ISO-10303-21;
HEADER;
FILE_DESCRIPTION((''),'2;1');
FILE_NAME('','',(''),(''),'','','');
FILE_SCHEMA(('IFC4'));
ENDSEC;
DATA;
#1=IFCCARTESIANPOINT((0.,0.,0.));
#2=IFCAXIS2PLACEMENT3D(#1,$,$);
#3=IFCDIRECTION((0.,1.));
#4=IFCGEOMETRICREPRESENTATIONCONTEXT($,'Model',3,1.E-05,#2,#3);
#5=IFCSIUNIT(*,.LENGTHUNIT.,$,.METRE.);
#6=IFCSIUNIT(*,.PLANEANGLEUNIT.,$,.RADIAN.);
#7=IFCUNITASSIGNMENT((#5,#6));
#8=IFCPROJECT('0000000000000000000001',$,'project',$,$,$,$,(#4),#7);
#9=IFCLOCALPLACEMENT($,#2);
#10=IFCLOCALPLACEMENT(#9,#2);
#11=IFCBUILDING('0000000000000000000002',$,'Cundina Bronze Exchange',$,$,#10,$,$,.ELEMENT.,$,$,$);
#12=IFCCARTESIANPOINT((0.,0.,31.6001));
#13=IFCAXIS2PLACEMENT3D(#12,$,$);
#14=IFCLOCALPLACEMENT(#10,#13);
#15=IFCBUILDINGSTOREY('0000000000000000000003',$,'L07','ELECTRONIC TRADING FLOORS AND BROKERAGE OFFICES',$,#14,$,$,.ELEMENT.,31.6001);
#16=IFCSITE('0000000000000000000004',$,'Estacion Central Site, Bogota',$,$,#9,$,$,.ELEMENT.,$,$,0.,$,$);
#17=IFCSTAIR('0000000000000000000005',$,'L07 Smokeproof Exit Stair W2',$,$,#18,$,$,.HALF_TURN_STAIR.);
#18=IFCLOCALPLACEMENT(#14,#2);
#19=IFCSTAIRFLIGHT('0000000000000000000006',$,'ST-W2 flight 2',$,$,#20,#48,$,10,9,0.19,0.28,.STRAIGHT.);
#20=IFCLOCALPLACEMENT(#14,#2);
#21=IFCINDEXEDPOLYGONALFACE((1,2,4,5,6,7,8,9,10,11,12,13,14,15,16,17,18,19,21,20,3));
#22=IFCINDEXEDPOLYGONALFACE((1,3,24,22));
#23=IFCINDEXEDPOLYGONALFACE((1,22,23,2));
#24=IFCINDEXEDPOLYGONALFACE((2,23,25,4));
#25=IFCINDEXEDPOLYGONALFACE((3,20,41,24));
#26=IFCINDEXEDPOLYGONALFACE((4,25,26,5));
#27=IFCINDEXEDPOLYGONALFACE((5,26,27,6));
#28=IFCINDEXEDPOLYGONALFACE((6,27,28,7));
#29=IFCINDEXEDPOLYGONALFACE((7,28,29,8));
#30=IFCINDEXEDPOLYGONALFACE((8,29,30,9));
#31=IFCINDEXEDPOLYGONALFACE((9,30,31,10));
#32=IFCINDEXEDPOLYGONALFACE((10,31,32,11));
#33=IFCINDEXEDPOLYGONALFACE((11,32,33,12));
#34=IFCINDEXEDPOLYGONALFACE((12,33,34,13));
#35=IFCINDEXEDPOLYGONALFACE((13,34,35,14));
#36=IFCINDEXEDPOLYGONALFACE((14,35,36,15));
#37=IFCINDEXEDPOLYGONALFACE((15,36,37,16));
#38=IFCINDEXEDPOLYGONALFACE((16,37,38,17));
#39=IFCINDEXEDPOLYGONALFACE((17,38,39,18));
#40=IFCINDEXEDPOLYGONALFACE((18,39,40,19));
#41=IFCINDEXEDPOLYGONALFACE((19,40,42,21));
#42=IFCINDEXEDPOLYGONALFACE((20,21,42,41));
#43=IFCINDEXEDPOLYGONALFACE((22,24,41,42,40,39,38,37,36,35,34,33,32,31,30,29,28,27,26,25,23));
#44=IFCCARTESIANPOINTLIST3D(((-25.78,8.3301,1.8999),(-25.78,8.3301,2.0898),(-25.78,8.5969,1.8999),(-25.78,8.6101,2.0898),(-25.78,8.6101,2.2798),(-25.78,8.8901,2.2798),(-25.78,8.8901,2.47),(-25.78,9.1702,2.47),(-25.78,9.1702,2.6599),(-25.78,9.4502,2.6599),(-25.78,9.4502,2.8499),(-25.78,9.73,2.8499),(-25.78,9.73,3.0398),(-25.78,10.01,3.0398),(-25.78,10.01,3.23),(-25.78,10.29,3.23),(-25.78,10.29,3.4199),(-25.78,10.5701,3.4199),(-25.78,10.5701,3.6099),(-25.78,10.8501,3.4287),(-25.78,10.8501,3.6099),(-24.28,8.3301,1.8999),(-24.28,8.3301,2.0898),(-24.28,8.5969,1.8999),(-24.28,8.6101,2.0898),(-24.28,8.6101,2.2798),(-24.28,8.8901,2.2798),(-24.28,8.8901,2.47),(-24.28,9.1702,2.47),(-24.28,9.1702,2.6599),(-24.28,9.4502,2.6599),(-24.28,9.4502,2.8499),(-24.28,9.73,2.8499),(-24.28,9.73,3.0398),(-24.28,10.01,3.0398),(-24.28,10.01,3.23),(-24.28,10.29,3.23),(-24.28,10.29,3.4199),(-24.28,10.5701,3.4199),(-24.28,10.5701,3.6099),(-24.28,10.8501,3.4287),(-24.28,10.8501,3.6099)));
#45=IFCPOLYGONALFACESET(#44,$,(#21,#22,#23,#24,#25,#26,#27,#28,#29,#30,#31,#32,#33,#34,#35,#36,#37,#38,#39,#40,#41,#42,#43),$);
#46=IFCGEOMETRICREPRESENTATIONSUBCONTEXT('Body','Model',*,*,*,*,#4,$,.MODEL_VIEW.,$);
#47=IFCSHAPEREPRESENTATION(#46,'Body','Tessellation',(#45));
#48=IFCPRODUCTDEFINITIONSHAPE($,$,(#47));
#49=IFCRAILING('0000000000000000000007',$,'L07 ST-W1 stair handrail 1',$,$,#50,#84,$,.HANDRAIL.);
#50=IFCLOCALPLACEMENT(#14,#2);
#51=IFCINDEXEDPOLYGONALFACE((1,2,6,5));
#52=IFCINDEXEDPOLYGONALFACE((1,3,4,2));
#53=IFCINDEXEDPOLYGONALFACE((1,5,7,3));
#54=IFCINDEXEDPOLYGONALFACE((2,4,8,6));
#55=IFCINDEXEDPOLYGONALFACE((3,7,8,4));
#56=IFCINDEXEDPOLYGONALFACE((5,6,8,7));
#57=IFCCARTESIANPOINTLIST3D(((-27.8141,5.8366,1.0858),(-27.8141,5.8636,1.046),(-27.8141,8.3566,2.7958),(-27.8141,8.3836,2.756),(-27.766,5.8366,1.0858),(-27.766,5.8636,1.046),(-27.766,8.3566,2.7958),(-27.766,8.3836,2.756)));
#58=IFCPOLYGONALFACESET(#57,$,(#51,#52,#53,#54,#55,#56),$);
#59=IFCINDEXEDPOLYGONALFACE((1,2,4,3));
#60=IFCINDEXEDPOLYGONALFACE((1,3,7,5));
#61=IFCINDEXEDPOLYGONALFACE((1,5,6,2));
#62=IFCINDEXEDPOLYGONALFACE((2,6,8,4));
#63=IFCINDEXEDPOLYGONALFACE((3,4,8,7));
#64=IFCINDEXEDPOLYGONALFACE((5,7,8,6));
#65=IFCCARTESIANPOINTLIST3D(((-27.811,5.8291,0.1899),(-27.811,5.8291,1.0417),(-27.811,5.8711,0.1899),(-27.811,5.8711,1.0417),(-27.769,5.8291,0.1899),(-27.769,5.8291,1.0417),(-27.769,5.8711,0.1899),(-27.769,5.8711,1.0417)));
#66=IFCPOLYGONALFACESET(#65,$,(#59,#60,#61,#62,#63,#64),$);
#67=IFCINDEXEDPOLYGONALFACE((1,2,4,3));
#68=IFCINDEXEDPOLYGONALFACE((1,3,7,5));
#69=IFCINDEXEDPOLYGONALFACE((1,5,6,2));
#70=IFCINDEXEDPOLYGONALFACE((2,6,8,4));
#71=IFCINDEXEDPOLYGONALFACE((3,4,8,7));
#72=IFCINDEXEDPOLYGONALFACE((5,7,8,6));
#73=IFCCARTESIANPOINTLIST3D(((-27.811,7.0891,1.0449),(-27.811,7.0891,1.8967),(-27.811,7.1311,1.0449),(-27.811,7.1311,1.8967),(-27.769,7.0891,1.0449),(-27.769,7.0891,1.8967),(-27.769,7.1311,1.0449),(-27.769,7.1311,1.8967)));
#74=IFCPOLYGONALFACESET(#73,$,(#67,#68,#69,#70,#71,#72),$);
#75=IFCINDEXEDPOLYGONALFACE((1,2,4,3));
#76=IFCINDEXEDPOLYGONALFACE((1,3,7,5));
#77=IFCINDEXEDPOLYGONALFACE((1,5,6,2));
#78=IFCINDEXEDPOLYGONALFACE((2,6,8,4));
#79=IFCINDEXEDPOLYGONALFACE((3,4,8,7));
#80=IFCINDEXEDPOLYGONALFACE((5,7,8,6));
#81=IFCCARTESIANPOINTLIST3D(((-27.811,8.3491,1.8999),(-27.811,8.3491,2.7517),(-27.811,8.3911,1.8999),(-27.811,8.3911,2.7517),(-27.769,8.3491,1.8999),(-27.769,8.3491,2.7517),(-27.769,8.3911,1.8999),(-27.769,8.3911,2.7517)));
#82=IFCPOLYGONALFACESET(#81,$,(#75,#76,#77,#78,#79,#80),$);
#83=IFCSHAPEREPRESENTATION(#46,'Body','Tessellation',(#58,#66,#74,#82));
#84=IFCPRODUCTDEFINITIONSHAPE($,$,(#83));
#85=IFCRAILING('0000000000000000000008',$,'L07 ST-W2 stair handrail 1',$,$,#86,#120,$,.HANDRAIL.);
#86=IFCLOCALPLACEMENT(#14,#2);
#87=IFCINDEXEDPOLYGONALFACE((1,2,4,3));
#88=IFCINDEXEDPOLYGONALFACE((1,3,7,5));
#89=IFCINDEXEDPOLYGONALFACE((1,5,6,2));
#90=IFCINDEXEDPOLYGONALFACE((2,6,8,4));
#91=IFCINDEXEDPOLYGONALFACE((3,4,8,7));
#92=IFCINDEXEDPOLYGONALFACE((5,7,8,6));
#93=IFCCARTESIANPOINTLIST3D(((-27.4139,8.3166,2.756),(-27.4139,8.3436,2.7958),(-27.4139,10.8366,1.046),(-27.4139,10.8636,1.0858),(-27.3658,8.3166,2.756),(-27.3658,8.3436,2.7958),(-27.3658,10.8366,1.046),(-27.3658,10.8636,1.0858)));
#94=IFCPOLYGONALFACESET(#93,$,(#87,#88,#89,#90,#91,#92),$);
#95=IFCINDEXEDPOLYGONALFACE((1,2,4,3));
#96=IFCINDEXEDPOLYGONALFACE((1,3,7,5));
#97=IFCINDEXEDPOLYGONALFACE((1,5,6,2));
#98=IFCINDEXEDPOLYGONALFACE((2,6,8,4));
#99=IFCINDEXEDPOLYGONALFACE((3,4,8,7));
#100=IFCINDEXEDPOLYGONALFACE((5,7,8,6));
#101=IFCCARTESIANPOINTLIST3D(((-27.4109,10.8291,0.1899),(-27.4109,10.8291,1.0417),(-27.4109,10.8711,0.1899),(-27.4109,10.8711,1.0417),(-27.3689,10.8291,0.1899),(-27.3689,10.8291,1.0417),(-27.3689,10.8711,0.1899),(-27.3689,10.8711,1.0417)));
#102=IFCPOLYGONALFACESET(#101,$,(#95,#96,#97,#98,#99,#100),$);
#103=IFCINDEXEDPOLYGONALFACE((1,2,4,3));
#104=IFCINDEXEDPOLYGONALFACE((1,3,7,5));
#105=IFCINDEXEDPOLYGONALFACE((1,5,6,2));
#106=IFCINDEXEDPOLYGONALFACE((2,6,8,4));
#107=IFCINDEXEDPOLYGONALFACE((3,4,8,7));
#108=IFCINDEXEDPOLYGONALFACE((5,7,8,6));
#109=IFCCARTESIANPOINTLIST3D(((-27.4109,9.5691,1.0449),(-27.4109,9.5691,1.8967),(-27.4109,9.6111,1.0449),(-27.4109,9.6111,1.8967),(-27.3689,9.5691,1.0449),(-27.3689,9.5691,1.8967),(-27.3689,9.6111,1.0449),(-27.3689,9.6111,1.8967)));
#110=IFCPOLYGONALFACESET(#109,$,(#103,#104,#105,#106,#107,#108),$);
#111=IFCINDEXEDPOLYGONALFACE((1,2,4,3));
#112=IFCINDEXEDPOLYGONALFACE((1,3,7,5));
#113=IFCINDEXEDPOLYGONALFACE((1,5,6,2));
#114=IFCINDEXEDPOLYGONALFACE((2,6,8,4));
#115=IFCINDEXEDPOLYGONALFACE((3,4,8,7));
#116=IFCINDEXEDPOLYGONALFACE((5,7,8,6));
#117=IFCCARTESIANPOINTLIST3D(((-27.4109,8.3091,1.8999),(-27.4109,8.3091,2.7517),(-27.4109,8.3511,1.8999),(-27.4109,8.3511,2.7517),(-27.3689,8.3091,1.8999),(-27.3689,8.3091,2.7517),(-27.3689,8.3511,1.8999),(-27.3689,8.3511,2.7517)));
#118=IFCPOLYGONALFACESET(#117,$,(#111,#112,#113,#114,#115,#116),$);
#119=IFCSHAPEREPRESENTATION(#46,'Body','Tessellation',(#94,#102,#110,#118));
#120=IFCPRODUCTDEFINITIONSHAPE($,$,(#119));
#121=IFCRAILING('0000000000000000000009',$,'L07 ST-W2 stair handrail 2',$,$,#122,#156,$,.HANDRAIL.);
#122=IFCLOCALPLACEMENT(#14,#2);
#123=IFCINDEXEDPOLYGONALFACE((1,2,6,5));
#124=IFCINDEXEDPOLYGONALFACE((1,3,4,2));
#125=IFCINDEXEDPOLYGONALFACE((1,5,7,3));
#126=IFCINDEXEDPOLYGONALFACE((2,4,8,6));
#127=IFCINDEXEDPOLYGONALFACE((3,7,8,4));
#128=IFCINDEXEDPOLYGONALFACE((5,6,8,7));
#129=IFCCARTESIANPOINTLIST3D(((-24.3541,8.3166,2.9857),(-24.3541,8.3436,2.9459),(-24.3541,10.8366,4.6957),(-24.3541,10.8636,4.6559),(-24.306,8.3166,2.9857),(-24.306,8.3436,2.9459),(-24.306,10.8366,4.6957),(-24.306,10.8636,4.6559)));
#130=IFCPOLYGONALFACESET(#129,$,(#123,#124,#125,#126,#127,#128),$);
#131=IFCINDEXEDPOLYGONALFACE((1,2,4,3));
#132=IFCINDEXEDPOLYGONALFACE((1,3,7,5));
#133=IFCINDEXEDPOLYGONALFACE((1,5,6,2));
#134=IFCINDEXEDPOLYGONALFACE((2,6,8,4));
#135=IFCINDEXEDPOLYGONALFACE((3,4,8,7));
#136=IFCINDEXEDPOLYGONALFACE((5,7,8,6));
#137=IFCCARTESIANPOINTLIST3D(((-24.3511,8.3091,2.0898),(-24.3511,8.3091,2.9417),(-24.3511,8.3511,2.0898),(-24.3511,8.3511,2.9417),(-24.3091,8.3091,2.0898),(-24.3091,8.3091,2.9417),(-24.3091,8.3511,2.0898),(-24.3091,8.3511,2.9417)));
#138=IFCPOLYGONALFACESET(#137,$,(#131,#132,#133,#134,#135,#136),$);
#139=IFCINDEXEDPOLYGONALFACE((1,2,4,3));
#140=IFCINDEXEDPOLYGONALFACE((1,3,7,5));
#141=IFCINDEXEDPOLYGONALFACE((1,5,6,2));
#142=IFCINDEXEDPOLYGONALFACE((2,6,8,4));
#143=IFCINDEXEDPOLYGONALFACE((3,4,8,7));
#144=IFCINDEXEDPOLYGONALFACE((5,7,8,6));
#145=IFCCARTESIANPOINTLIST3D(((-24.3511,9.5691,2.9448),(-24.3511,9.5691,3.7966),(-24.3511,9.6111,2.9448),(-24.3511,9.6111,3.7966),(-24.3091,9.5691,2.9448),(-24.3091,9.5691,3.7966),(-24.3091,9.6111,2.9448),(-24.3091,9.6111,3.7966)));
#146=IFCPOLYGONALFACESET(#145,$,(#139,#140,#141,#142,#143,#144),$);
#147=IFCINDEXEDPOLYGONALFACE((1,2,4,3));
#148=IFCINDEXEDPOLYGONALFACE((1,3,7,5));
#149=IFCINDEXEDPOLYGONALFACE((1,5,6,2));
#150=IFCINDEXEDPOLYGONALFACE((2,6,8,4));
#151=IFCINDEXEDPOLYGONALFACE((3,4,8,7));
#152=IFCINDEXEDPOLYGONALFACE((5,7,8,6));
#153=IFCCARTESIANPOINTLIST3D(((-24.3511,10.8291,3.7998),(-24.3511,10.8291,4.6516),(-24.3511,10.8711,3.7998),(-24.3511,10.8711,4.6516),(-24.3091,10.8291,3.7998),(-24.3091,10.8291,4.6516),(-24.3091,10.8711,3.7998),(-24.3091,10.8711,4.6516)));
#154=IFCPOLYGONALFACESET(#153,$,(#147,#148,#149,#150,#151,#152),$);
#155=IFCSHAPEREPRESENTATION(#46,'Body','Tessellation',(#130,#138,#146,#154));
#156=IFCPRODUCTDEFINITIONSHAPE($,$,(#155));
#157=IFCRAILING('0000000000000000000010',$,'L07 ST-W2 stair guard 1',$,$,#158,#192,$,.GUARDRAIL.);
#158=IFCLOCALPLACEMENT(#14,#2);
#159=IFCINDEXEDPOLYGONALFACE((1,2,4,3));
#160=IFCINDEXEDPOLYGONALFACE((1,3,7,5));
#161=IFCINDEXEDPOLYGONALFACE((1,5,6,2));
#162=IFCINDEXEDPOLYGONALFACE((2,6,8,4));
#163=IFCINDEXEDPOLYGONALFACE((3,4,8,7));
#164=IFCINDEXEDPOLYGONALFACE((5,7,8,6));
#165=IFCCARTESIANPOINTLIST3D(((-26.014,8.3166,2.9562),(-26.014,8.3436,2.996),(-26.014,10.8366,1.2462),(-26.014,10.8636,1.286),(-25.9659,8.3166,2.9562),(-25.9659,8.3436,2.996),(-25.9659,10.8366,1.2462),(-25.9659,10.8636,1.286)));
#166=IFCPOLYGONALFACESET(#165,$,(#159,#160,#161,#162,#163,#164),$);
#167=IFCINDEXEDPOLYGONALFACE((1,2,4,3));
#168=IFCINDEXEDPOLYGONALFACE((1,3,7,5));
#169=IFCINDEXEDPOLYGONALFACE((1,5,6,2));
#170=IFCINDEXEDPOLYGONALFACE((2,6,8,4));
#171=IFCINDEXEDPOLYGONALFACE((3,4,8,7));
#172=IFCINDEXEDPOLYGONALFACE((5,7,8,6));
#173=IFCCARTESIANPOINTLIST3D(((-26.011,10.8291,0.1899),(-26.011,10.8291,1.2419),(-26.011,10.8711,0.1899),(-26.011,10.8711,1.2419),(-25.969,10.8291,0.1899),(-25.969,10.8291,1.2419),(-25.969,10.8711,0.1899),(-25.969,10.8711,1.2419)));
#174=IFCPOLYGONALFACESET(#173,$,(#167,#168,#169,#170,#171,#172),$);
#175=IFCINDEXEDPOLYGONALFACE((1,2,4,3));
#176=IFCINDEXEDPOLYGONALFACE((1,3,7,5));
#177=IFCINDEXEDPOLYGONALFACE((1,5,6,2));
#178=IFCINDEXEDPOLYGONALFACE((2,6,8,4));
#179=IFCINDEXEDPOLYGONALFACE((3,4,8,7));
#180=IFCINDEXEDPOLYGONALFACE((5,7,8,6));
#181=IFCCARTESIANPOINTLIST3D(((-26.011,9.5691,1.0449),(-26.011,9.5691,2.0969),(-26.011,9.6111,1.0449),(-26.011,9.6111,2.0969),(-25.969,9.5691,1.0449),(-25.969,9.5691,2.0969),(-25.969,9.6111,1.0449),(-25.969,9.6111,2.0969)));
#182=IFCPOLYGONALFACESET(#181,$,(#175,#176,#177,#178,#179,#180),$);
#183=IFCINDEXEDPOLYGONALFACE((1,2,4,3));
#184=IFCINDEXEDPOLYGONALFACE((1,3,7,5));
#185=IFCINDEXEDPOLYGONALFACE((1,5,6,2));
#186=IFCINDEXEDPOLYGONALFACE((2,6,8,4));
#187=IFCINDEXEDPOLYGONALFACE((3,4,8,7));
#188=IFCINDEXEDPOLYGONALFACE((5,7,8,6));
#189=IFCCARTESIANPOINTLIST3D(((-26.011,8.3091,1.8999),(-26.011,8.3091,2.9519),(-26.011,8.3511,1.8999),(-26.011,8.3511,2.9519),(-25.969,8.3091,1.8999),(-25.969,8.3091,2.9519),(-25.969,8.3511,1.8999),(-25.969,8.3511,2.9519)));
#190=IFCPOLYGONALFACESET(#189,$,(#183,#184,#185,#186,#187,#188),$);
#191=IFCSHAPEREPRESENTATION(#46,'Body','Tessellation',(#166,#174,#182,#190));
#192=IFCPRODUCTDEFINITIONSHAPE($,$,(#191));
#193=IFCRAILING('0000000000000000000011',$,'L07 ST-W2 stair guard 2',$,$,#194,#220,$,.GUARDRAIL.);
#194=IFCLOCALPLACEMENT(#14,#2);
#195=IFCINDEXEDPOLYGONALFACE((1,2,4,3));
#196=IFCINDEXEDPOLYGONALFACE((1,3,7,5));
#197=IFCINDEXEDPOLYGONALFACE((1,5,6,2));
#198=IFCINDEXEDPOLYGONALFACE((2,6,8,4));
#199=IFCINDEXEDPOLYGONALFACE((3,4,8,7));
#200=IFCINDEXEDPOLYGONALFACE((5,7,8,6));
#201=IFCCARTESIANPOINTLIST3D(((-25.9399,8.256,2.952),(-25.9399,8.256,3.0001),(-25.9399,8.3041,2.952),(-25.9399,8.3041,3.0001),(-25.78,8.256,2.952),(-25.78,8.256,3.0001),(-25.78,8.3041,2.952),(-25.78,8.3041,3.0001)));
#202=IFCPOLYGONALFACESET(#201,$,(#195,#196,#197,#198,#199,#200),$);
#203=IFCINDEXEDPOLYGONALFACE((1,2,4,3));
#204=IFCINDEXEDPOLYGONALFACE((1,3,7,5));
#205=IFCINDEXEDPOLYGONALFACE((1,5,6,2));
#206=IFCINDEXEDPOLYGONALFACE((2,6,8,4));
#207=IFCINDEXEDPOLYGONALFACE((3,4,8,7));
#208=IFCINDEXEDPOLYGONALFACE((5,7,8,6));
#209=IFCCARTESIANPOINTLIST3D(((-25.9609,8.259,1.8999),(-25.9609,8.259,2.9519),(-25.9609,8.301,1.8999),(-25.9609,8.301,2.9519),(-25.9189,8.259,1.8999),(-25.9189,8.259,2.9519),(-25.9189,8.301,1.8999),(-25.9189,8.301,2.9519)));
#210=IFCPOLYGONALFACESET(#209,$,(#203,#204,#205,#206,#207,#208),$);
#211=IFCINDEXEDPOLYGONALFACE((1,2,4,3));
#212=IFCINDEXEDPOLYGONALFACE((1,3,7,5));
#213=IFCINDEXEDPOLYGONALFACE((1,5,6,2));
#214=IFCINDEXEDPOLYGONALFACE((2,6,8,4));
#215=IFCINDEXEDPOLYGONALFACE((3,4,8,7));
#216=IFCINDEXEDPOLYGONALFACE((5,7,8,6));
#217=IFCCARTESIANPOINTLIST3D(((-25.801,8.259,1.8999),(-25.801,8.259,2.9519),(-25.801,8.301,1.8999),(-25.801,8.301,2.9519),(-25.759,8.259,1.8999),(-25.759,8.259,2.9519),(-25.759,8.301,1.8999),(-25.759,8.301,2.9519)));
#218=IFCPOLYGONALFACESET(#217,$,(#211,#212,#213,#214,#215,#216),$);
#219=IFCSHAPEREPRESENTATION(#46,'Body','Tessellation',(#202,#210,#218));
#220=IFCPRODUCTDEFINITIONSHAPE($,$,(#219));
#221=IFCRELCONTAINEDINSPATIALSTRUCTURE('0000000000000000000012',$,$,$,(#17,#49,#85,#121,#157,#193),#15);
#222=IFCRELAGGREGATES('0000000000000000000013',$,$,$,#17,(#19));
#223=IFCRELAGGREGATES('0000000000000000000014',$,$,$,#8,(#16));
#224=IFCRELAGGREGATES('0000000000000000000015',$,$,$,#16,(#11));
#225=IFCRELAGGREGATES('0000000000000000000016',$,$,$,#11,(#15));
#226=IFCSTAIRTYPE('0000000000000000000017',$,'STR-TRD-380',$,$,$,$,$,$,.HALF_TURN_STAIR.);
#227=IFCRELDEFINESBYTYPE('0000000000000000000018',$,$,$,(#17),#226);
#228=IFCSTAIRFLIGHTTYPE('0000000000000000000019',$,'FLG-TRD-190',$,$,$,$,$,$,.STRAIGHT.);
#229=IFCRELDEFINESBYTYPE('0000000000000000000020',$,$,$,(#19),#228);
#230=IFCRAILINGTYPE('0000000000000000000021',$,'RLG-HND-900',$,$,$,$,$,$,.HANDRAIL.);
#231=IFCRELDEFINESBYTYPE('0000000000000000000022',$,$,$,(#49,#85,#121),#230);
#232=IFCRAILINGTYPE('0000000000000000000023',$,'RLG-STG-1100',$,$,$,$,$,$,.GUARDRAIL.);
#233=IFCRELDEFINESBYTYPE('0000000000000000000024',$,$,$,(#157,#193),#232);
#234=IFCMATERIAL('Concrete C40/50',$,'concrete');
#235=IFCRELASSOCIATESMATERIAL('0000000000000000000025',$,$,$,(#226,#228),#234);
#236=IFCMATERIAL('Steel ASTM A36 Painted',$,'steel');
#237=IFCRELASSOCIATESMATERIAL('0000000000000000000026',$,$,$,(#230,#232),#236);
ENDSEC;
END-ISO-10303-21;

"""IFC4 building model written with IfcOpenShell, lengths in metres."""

from ifc_helpers import new_model, si_unit, direction, frame, origin, origin_2d, place, context, subcontext, project, spatial, polyline, rectangle, outline, extrude, material, type_object, element, aggregate, save


model = new_model("IFC4")

# Units and contexts
model_context = context("Model", 3, precision=1e-05, world=origin(), true_north=direction((0.0, 1.0)))
body_context = subcontext(model_context, "Body", "Model", "MODEL_VIEW")
ifc_project = project(units=[si_unit("LENGTHUNIT", "METRE"), si_unit("PLANEANGLEUNIT", "RADIAN")], contexts=[model_context])

# Site, building, storey
site_placement = place(None, origin())
site = spatial("IfcSite", under=ifc_project, at=site_placement, Name="Estacion Central Site, Bogota", CompositionType="ELEMENT", RefElevation=0.0)
building_placement = place(site_placement, origin())
building = spatial("IfcBuilding", under=site, at=building_placement, Name="Cundina Bronze Exchange", CompositionType="ELEMENT")
storey_placement = place(building_placement, frame((0.0, 0.0, 31.6001)))
storey = spatial("IfcBuildingStorey", under=building, at=storey_placement, Name="L07", Description="ELECTRONIC TRADING FLOORS AND BROKERAGE OFFICES", CompositionType="ELEMENT", Elevation=31.6001)

# Shared definitions
ifc_material_1 = material(Name="Steel ASTM A36 Painted", Category="steel")

# Shared definitions
ifc_material_2 = material(Name="Concrete C40/50", Category="concrete")
stair_type = type_object("IfcStairType", Name="STR-TRD-380", PredefinedType="HALF_TURN_STAIR", material=ifc_material_2)
stair_flight_type = type_object("IfcStairFlightType", Name="FLG-TRD-190", PredefinedType="STRAIGHT", material=ifc_material_2)

# Stair, stair flight
stair_1_placement = place(storey_placement, origin())
stair_1 = element("IfcStair", 1, at=stair_1_placement, inside=storey, type_object=stair_type, Name="L07 Smokeproof Exit Stair W2", PredefinedType="HALF_TURN_STAIR")
stair_flight_1_placement = place(storey_placement, frame((-25.03, 8.3301, 1.8999), z_axis=(0.0, 0.0, 1.0), x_axis=(0.0, 1.0, 0.0)))
stair_flight_1 = element("IfcStairFlight", 2, at=stair_flight_1_placement, type_object=stair_flight_type, Name="ST-W2 flight 2", NumberOfRisers=10, NumberOfTreads=9, PredefinedType="STRAIGHT", RiserHeight=0.19, TreadLength=0.28, context=body_context, shape_type="SweptSolid", body=[
    extrude(outline(polyline([(0.0, 0.0), (0.0, 0.1899), (0.28, 0.1899), (0.28, 0.3799), (0.5601, 0.3799), (0.5601, 0.5701), (0.8401, 0.5701), (0.8401, 0.76), (1.1201, 0.76), (1.1201, 0.95), (1.3999, 0.95), (1.3999, 1.1399), (1.6799, 1.1399), (1.6799, 1.3301), (1.96, 1.3301), (1.96, 1.52), (2.24, 1.52), (2.24, 1.71), (2.52, 1.71), (2.52, 1.8999), (2.52, 1.5288), (0.2668, 0.0), (0.0, 0.0)])), frame((0.0, 0.75, 0.0), z_axis=(0.0, -1.0, 0.0), x_axis=(1.0, 0.0, 0.0)), (0.0, 0.0, 1.0), 1.5),
])
aggregate(stair_1, [stair_flight_1])

# Railings
railing_type_1 = type_object("IfcRailingType", Name="RLG-HND-900", PredefinedType="HANDRAIL", material=ifc_material_1)
railing_1_placement = place(storey_placement, frame((-27.79, 5.8501, 0.1899)))
element("IfcRailing", 3, at=railing_1_placement, inside=storey, type_object=railing_type_1, Name="L07 ST-W1 stair handrail 1", PredefinedType="HANDRAIL", context=body_context, shape_type="SweptSolid", body=[
    extrude(rectangle(XDim=0.0481, YDim=0.0481, at=origin_2d()), frame((0.0, 0.0, 0.876), z_axis=(0.0, 0.827484, 0.56149), x_axis=(-1.0, 0.0, 0.0)), (0.0, 0.0, 1.0), 3.0454),
    extrude(rectangle(XDim=0.042, YDim=0.042, at=origin_2d()), origin(), (0.0, 0.0, 1.0), 0.8518),
    extrude(rectangle(XDim=0.042, YDim=0.042, at=origin_2d()), frame((0.0, 1.26, 0.855)), (0.0, 0.0, 1.0), 0.8518),
    extrude(rectangle(XDim=0.042, YDim=0.042, at=origin_2d()), frame((0.0, 2.52, 1.71)), (0.0, 0.0, 1.0), 0.8518),
])
railing_2_placement = place(storey_placement, frame((-27.3899, 10.8501, 0.1899)))
element("IfcRailing", 4, at=railing_2_placement, inside=storey, type_object=railing_type_1, Name="L07 ST-W2 stair handrail 1", PredefinedType="HANDRAIL", context=body_context, shape_type="SweptSolid", body=[
    extrude(rectangle(XDim=0.0481, YDim=0.0481, at=origin_2d()), frame((0.0, 0.0, 0.876), z_axis=(0.0, -0.827484, 0.56149), x_axis=(1.0, 0.0, 0.0)), (0.0, 0.0, 1.0), 3.0454),
    extrude(rectangle(XDim=0.042, YDim=0.042, at=origin_2d()), origin(), (0.0, 0.0, 1.0), 0.8518),
    extrude(rectangle(XDim=0.042, YDim=0.042, at=origin_2d()), frame((0.0, -1.26, 0.855)), (0.0, 0.0, 1.0), 0.8518),
    extrude(rectangle(XDim=0.042, YDim=0.042, at=origin_2d()), frame((0.0, -2.52, 1.71)), (0.0, 0.0, 1.0), 0.8518),
])
railing_3_placement = place(storey_placement, frame((-24.3301, 8.3301, 2.0898)))
element("IfcRailing", 5, at=railing_3_placement, inside=storey, type_object=railing_type_1, Name="L07 ST-W2 stair handrail 2", PredefinedType="HANDRAIL", context=body_context, shape_type="SweptSolid", body=[
    extrude(rectangle(XDim=0.0481, YDim=0.0481, at=origin_2d()), frame((0.0, 0.0, 0.876), z_axis=(0.0, 0.827484, 0.56149), x_axis=(-1.0, 0.0, 0.0)), (0.0, 0.0, 1.0), 3.0454),
    extrude(rectangle(XDim=0.042, YDim=0.042, at=origin_2d()), origin(), (0.0, 0.0, 1.0), 0.8518),
    extrude(rectangle(XDim=0.042, YDim=0.042, at=origin_2d()), frame((0.0, 1.26, 0.855)), (0.0, 0.0, 1.0), 0.8518),
    extrude(rectangle(XDim=0.042, YDim=0.042, at=origin_2d()), frame((0.0, 2.52, 1.71)), (0.0, 0.0, 1.0), 0.8518),
])
railing_type_2 = type_object("IfcRailingType", Name="RLG-STG-1100", PredefinedType="GUARDRAIL", material=ifc_material_1)
railing_4_placement = place(storey_placement, frame((-25.99, 10.8501, 0.1899)))
element("IfcRailing", 6, at=railing_4_placement, inside=storey, type_object=railing_type_2, Name="L07 ST-W2 stair guard 1", PredefinedType="GUARDRAIL", context=body_context, shape_type="SweptSolid", body=[
    extrude(rectangle(XDim=0.0481, YDim=0.0481, at=origin_2d()), frame((0.0, 0.0, 1.0762), z_axis=(0.0, -0.827484, 0.56149), x_axis=(1.0, 0.0, 0.0)), (0.0, 0.0, 1.0), 3.0454),
    extrude(rectangle(XDim=0.042, YDim=0.042, at=origin_2d()), origin(), (0.0, 0.0, 1.0), 1.052),
    extrude(rectangle(XDim=0.042, YDim=0.042, at=origin_2d()), frame((0.0, -1.26, 0.855)), (0.0, 0.0, 1.0), 1.052),
    extrude(rectangle(XDim=0.042, YDim=0.042, at=origin_2d()), frame((0.0, -2.52, 1.71)), (0.0, 0.0, 1.0), 1.052),
])
railing_5_placement = place(storey_placement, frame((-25.9399, 8.28, 1.8999)))
element("IfcRailing", 7, at=railing_5_placement, inside=storey, type_object=railing_type_2, Name="L07 ST-W2 stair guard 2", PredefinedType="GUARDRAIL", context=body_context, shape_type="SweptSolid", body=[
    extrude(rectangle(XDim=0.0481, YDim=0.0481, at=origin_2d()), frame((0.0, 0.0, 1.0762), z_axis=(1.0, 0.0, 0.0), x_axis=(0.0, 1.0, 0.0)), (0.0, 0.0, 1.0), 0.1599),
    extrude(rectangle(XDim=0.042, YDim=0.042, at=origin_2d()), origin(), (0.0, 0.0, 1.0), 1.052),
    extrude(rectangle(XDim=0.042, YDim=0.042, at=origin_2d()), frame((0.1599, 0.0, 0.0)), (0.0, 0.0, 1.0), 1.052),
])

save(model, "model.ifc")
